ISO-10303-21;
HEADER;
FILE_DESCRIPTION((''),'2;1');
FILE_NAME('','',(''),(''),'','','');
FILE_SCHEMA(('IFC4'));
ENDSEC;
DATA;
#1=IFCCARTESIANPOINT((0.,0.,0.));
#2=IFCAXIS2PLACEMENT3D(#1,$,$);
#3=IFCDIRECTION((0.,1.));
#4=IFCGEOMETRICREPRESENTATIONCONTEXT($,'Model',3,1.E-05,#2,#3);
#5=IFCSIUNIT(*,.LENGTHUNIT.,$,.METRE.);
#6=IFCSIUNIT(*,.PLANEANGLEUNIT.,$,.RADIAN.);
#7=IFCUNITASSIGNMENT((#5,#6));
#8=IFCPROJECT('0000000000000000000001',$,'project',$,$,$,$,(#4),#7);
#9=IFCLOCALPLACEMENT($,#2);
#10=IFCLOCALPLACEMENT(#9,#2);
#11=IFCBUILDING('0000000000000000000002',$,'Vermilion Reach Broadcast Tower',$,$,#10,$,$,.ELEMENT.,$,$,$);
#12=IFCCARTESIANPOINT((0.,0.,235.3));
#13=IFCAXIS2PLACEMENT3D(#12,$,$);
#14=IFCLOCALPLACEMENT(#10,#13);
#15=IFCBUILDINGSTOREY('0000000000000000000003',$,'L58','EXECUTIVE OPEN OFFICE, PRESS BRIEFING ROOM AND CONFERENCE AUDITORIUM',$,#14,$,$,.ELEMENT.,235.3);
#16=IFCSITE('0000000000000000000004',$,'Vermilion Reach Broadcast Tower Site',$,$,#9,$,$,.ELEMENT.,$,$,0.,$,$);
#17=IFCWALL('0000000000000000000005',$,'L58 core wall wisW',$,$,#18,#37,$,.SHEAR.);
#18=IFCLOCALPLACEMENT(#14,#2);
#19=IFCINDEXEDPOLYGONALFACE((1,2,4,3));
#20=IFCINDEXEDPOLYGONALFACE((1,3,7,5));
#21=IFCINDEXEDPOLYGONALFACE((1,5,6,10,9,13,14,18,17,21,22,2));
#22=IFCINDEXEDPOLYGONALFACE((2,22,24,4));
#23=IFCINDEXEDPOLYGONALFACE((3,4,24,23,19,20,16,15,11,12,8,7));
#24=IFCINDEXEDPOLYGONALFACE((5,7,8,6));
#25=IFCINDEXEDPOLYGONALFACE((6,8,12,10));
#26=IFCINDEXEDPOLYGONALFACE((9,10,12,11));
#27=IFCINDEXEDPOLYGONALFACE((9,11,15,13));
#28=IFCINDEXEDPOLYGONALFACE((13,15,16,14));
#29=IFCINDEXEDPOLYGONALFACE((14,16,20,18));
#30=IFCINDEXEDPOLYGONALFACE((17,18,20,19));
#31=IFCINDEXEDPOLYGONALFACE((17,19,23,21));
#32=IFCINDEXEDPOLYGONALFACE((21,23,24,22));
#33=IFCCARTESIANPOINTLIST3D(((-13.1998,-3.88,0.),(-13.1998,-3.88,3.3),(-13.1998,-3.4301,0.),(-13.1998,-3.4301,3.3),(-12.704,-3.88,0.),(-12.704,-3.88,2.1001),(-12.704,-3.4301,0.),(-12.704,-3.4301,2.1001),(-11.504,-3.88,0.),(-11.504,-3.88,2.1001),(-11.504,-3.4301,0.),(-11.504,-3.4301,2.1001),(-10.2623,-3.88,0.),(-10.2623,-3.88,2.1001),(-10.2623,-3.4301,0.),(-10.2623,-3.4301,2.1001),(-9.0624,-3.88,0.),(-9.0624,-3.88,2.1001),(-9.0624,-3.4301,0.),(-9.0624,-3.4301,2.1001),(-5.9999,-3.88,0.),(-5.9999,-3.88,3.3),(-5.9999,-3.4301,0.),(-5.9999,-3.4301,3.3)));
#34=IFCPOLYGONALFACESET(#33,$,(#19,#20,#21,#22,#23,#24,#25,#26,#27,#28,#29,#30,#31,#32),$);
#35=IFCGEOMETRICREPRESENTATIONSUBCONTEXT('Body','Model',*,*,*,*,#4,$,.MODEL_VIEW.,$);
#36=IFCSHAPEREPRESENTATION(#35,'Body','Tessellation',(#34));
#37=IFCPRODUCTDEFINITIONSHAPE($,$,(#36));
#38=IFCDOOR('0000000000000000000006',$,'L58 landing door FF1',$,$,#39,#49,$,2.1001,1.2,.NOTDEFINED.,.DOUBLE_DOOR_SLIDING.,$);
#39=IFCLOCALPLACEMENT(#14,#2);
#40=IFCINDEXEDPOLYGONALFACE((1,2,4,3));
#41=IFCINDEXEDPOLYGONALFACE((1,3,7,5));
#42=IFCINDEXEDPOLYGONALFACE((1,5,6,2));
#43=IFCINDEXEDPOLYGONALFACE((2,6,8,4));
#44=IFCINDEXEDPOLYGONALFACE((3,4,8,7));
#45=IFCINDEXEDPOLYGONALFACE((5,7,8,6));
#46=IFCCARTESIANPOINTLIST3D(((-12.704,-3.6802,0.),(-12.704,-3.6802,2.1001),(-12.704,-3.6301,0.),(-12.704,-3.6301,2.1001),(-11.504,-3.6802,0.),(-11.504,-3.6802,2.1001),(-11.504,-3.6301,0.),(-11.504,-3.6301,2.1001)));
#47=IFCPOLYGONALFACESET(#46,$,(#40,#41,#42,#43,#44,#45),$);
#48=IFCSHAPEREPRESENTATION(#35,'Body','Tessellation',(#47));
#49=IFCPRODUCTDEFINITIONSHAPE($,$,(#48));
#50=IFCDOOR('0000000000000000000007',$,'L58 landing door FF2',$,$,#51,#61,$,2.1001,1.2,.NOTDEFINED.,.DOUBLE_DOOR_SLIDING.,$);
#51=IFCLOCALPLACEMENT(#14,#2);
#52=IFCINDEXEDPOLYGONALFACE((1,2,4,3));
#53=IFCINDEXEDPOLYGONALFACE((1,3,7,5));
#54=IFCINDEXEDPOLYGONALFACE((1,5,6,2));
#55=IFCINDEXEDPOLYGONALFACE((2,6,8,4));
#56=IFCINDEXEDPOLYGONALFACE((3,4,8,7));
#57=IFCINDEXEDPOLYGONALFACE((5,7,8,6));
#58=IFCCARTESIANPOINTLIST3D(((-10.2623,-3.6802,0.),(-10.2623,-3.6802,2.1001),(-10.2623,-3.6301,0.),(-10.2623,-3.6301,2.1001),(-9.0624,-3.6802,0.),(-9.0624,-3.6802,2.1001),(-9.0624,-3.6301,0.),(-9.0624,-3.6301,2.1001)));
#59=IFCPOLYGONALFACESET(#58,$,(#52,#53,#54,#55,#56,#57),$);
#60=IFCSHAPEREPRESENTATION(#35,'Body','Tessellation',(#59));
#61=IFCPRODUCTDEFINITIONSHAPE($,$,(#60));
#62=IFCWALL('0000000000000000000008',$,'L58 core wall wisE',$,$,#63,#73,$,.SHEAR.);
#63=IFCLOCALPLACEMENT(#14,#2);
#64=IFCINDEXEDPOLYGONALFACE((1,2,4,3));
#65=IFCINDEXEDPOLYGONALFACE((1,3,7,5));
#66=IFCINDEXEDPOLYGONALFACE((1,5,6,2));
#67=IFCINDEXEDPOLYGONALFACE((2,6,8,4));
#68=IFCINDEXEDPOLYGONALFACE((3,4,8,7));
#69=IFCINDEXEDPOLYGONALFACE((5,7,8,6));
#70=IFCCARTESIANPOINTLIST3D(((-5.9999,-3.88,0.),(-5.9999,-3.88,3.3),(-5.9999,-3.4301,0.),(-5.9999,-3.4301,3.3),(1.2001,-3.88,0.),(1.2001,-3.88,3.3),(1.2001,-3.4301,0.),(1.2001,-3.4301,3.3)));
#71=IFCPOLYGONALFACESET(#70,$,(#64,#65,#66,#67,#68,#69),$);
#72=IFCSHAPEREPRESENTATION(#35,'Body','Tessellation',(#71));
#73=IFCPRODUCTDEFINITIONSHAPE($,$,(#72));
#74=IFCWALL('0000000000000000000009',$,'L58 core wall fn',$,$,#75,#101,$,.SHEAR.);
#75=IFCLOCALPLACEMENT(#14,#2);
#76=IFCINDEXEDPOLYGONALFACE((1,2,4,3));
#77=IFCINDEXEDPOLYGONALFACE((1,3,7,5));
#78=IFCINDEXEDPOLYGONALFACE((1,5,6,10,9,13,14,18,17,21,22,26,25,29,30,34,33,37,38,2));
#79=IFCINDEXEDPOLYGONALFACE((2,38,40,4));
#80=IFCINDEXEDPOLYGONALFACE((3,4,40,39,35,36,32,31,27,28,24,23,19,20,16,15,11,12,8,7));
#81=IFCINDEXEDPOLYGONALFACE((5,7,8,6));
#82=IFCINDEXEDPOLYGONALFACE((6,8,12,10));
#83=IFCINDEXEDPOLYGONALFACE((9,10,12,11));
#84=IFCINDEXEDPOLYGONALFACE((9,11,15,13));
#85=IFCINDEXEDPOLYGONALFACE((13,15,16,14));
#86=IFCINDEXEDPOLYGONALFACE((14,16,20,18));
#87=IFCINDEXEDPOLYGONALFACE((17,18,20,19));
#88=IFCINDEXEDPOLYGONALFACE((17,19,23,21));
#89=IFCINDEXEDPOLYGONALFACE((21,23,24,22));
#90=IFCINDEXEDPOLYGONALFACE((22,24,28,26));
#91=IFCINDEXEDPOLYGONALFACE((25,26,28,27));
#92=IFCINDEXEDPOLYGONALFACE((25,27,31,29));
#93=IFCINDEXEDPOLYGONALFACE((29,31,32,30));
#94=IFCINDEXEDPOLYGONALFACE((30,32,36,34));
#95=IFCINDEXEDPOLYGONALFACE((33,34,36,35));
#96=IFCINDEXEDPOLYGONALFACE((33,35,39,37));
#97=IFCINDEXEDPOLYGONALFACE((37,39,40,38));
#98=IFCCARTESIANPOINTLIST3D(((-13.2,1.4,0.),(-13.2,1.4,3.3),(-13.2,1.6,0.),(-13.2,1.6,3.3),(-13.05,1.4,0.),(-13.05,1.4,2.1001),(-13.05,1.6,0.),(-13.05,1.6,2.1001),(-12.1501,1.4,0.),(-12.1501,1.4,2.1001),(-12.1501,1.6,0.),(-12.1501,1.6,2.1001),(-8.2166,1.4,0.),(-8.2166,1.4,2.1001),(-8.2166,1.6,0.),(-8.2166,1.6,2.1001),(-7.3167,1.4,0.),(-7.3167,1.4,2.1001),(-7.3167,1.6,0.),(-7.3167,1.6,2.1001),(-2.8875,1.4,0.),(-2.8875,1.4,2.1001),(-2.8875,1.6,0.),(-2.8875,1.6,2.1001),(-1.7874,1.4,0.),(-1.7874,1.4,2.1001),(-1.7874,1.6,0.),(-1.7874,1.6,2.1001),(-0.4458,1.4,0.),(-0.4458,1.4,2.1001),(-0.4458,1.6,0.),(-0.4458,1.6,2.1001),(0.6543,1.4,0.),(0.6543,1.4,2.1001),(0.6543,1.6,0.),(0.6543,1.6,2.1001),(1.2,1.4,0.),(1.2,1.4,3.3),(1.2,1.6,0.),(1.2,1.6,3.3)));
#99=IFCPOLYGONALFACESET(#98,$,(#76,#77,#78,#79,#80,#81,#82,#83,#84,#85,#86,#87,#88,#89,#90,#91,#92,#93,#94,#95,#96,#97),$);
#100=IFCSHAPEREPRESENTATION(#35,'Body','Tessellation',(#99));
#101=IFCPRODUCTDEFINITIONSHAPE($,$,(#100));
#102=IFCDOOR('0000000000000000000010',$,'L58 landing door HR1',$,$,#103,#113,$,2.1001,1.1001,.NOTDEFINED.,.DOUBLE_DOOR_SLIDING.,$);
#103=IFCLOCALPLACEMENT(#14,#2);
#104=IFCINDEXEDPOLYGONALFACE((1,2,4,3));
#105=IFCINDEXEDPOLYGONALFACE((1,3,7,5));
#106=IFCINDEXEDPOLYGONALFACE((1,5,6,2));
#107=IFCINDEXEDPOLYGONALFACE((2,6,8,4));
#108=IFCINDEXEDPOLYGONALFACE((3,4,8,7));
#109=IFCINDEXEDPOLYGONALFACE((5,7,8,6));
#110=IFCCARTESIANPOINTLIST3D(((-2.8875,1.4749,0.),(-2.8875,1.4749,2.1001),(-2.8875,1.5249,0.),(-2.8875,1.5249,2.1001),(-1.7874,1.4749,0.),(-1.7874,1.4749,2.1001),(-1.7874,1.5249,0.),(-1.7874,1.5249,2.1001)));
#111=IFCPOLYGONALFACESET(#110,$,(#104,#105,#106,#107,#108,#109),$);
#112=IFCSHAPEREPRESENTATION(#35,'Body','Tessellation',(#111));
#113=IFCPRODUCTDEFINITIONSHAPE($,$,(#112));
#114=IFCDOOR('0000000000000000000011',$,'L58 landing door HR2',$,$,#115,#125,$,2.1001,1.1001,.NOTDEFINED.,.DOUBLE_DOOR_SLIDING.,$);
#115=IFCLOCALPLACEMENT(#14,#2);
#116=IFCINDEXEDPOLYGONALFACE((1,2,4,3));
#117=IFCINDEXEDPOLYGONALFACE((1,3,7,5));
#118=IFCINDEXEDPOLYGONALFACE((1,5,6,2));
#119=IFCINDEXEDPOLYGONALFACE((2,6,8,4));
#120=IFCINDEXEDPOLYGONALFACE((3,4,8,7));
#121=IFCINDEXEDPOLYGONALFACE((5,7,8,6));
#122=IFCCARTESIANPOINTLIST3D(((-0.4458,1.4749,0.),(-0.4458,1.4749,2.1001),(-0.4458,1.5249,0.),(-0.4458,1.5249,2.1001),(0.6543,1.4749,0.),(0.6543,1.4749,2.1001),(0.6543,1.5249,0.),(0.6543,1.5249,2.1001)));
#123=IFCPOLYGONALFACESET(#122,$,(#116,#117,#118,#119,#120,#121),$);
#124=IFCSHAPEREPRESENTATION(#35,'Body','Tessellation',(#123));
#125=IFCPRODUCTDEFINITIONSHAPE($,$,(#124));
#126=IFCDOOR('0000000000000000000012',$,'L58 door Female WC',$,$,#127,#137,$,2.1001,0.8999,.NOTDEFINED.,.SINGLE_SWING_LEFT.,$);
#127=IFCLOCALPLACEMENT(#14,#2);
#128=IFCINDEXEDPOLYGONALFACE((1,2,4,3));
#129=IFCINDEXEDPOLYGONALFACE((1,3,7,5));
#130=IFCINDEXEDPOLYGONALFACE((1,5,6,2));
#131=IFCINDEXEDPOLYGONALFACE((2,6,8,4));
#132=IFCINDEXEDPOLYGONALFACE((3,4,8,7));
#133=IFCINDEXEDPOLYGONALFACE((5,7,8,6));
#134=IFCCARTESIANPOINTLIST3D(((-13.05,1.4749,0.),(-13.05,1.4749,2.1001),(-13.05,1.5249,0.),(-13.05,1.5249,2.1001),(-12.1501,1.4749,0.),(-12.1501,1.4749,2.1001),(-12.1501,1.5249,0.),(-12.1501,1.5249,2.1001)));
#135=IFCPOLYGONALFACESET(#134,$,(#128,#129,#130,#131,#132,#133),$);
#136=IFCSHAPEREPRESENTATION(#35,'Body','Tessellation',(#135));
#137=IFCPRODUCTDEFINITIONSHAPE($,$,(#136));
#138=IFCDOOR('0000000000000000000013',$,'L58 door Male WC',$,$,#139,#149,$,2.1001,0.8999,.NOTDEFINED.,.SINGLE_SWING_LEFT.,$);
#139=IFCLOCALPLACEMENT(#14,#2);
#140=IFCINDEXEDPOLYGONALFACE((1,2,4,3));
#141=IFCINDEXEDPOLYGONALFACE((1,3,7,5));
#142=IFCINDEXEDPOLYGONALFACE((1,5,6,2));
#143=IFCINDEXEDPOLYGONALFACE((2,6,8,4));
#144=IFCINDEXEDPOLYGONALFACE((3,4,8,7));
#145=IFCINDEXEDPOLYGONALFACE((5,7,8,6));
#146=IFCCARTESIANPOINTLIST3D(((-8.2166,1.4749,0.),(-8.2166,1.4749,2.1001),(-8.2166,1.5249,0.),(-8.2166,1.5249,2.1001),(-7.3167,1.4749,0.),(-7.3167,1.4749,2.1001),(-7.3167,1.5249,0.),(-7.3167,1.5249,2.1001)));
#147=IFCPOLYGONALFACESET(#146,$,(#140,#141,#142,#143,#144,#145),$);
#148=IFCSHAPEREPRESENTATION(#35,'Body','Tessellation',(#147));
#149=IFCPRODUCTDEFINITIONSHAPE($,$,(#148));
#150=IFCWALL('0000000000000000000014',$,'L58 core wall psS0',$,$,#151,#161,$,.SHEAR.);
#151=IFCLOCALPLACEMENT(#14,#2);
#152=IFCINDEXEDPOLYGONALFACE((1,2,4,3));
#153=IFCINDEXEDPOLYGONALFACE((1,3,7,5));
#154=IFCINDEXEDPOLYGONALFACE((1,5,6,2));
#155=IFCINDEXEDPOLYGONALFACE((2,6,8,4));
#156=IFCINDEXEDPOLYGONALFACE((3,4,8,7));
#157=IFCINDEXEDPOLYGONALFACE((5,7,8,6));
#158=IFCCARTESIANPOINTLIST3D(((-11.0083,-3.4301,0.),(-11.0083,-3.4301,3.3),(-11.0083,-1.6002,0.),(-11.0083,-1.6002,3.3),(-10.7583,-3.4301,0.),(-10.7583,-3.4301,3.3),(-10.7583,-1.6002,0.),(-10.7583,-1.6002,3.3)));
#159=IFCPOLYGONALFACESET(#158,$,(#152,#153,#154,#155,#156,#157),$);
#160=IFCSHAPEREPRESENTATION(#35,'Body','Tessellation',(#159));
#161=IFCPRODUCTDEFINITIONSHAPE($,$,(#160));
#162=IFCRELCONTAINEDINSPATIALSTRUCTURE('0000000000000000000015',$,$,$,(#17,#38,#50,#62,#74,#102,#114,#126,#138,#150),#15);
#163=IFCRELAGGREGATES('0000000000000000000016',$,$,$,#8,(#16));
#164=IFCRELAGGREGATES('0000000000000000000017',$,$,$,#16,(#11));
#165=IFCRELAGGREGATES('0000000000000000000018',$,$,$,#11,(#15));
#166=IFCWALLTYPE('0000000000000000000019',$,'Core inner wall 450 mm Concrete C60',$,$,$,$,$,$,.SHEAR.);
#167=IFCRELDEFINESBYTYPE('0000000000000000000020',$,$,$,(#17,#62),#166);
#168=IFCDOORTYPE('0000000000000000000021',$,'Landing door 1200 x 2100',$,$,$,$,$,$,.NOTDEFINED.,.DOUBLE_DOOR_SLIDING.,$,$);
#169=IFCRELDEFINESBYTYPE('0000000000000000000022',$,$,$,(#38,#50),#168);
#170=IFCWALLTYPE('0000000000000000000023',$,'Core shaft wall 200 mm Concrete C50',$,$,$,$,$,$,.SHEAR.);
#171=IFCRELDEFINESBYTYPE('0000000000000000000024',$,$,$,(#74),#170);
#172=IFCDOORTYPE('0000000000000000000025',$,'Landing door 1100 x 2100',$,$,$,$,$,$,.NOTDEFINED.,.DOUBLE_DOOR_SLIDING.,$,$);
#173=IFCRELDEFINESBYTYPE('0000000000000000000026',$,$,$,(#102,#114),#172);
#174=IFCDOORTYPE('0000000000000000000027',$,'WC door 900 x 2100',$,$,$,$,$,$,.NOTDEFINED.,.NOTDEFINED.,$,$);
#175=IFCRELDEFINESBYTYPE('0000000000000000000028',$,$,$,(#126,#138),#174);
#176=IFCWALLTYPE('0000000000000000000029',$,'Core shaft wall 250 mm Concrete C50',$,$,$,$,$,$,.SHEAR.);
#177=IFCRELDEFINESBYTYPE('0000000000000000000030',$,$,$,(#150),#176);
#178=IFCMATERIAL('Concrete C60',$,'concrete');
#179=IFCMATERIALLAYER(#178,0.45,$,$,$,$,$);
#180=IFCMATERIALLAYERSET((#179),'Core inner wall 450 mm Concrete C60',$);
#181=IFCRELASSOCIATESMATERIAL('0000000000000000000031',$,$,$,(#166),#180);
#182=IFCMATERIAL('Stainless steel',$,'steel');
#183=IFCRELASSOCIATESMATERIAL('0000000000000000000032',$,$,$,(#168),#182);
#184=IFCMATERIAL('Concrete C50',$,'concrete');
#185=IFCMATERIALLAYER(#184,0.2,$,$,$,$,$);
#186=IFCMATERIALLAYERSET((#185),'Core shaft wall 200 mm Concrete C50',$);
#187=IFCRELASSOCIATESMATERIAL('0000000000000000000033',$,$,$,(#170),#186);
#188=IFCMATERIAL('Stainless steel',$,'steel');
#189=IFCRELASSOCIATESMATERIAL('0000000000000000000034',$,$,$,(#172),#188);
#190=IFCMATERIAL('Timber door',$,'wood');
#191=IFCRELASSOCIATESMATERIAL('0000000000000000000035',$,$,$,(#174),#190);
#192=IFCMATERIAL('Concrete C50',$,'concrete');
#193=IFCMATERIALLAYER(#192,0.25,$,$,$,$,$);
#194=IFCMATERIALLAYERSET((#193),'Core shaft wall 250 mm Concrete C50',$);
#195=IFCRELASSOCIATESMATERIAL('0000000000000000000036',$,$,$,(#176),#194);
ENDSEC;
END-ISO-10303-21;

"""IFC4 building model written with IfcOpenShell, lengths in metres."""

from ifc_helpers import new_model, si_unit, direction, frame, frame_2d, origin, place, context, subcontext, project, spatial, rectangle, extrude, material, layer, layer_set, type_object, element, fill, save


model = new_model("IFC4")

# Units and contexts
model_context = context("Model", 3, precision=1e-05, world=origin(), true_north=direction((0.0, 1.0)))
body_context = subcontext(model_context, "Body", "Model", "MODEL_VIEW")
ifc_project = project(units=[si_unit("LENGTHUNIT", "METRE"), si_unit("PLANEANGLEUNIT", "RADIAN")], contexts=[model_context])

# Site, building, storey
site_placement = place(None, origin())
site = spatial("IfcSite", under=ifc_project, at=site_placement, Name="Vermilion Reach Broadcast Tower Site", CompositionType="ELEMENT", RefElevation=0.0)
building_placement = place(site_placement, origin())
building = spatial("IfcBuilding", under=site, at=building_placement, Name="Vermilion Reach Broadcast Tower", CompositionType="ELEMENT")
storey_placement = place(building_placement, frame((0.0, 0.0, 235.3)))
storey = spatial("IfcBuildingStorey", under=building, at=storey_placement, Name="L58", Description="EXECUTIVE OPEN OFFICE, PRESS BRIEFING ROOM AND CONFERENCE AUDITORIUM", CompositionType="ELEMENT", Elevation=235.3)

# Wall, openings, doors
ifc_material_1 = material(Name="Concrete C60", Category="concrete")
ifc_layer_1 = layer(ifc_material_1, 0.45)
ifc_layer_set_1 = layer_set([ifc_layer_1], Name="Core inner wall 450 mm Concrete C60")
wall_type_1 = type_object("IfcWallType", Name="Core inner wall 450 mm Concrete C60", PredefinedType="SHEAR", material=ifc_layer_set_1)
wall_1_placement = place(storey_placement, frame((-13.2, -3.655, 0.0), z_axis=(0.0, 0.0, 1.0), x_axis=(1.0, 0.0, 0.0)))
wall_1 = element("IfcWall", 1, at=wall_1_placement, inside=storey, type_object=wall_type_1, Name="L58 core wall wisW", PredefinedType="SHEAR", context=body_context, shape_type="SweptSolid", body=[
    extrude(rectangle(XDim=7.2, YDim=0.45, at=frame_2d((3.6001, 0.0))), origin(), (0.0, 0.0, 1.0), 3.3),
])
opening_1_placement = place(wall_1_placement, frame((0.4958, 0.0, 0.0)))
opening_1 = element("IfcOpeningElement", 2, at=opening_1_placement, cuts=wall_1, PredefinedType="OPENING", context=body_context, shape_type="SweptSolid", body=[
    extrude(rectangle(XDim=1.2, YDim=2.1001, at=frame_2d((0.6001, 1.05))), frame((0.0, 0.2349, 0.0), z_axis=(0.0, -1.0, 0.0), x_axis=(1.0, 0.0, 0.0)), (0.0, 0.0, 1.0), 0.47),
])
opening_2_placement = place(wall_1_placement, frame((2.9375, 0.0, 0.0)))
opening_2 = element("IfcOpeningElement", 3, at=opening_2_placement, cuts=wall_1, PredefinedType="OPENING", context=body_context, shape_type="SweptSolid", body=[
    extrude(rectangle(XDim=1.2, YDim=2.1001, at=frame_2d((0.6001, 1.05))), frame((0.0, 0.2349, 0.0), z_axis=(0.0, -1.0, 0.0), x_axis=(1.0, 0.0, 0.0)), (0.0, 0.0, 1.0), 0.47),
])
ifc_material_2 = material(Name="Stainless steel", Category="steel")
door_type_1 = type_object("IfcDoorType", Name="Landing door 1200 x 2100", OperationType="DOUBLE_DOOR_SLIDING", PredefinedType="NOTDEFINED", material=ifc_material_2)
door_1_placement = place(opening_1_placement, origin())
door_1 = element("IfcDoor", 4, at=door_1_placement, inside=storey, type_object=door_type_1, Name="L58 landing door FF1", OperationType="DOUBLE_DOOR_SLIDING", OverallHeight=2.1001, OverallWidth=1.2, PredefinedType="NOTDEFINED", context=body_context, shape_type="SweptSolid", body=[
    extrude(rectangle(XDim=1.2, YDim=2.1001, at=frame_2d((0.6001, 1.05))), frame((0.0, 0.0249, 0.0), z_axis=(0.0, -1.0, 0.0), x_axis=(1.0, 0.0, 0.0)), (0.0, 0.0, 1.0), 0.05),
])
fill(opening_1, door_1)
door_2_placement = place(opening_2_placement, origin())
door_2 = element("IfcDoor", 5, at=door_2_placement, inside=storey, type_object=door_type_1, Name="L58 landing door FF2", OperationType="DOUBLE_DOOR_SLIDING", OverallHeight=2.1001, OverallWidth=1.2, PredefinedType="NOTDEFINED", context=body_context, shape_type="SweptSolid", body=[
    extrude(rectangle(XDim=1.2, YDim=2.1001, at=frame_2d((0.6001, 1.05))), frame((0.0, 0.0249, 0.0), z_axis=(0.0, -1.0, 0.0), x_axis=(1.0, 0.0, 0.0)), (0.0, 0.0, 1.0), 0.05),
])
fill(opening_2, door_2)

# Wall
wall_2_placement = place(storey_placement, frame((-6.0, -3.655, 0.0), z_axis=(0.0, 0.0, 1.0), x_axis=(1.0, 0.0, 0.0)))
element("IfcWall", 6, at=wall_2_placement, inside=storey, type_object=wall_type_1, Name="L58 core wall wisE", PredefinedType="SHEAR", context=body_context, shape_type="SweptSolid", body=[
    extrude(rectangle(XDim=7.2, YDim=0.45, at=frame_2d((3.6001, 0.0))), origin(), (0.0, 0.0, 1.0), 3.3),
])

# Wall, openings, doors
ifc_material_3 = material(Name="Concrete C50", Category="concrete")
ifc_layer_2 = layer(ifc_material_3, 0.2)
ifc_layer_set_2 = layer_set([ifc_layer_2], Name="Core shaft wall 200 mm Concrete C50")
wall_type_2 = type_object("IfcWallType", Name="Core shaft wall 200 mm Concrete C50", PredefinedType="SHEAR", material=ifc_layer_set_2)
wall_3_placement = place(storey_placement, frame((-13.2, 1.5, 0.0), z_axis=(0.0, 0.0, 1.0), x_axis=(1.0, 0.0, 0.0)))
wall_3 = element("IfcWall", 7, at=wall_3_placement, inside=storey, type_object=wall_type_2, Name="L58 core wall fn", PredefinedType="SHEAR", context=body_context, shape_type="SweptSolid", body=[
    extrude(rectangle(XDim=14.3999, YDim=0.2, at=frame_2d((7.2, 0.0))), origin(), (0.0, 0.0, 1.0), 3.3),
])
opening_3_placement = place(wall_3_placement, frame((10.3125, 0.0, 0.0)))
opening_3 = element("IfcOpeningElement", 8, at=opening_3_placement, cuts=wall_3, PredefinedType="OPENING", context=body_context, shape_type="SweptSolid", body=[
    extrude(rectangle(XDim=1.1001, YDim=2.1001, at=frame_2d((0.55, 1.05))), frame((0.0, 0.1099, 0.0), z_axis=(0.0, -1.0, 0.0), x_axis=(1.0, 0.0, 0.0)), (0.0, 0.0, 1.0), 0.22),
])
opening_4_placement = place(wall_3_placement, frame((12.7542, 0.0, 0.0)))
opening_4 = element("IfcOpeningElement", 9, at=opening_4_placement, cuts=wall_3, PredefinedType="OPENING", context=body_context, shape_type="SweptSolid", body=[
    extrude(rectangle(XDim=1.1001, YDim=2.1001, at=frame_2d((0.55, 1.05))), frame((0.0, 0.1099, 0.0), z_axis=(0.0, -1.0, 0.0), x_axis=(1.0, 0.0, 0.0)), (0.0, 0.0, 1.0), 0.22),
])
opening_5_placement = place(wall_3_placement, frame((0.1499, 0.0, 0.0)))
opening_5 = element("IfcOpeningElement", 10, at=opening_5_placement, cuts=wall_3, PredefinedType="OPENING", context=body_context, shape_type="SweptSolid", body=[
    extrude(rectangle(XDim=0.8999, YDim=2.1001, at=frame_2d((0.45, 1.05))), frame((0.0, 0.1099, 0.0), z_axis=(0.0, -1.0, 0.0), x_axis=(1.0, 0.0, 0.0)), (0.0, 0.0, 1.0), 0.22),
])
opening_6_placement = place(wall_3_placement, frame((4.9834, 0.0, 0.0)))
opening_6 = element("IfcOpeningElement", 11, at=opening_6_placement, cuts=wall_3, PredefinedType="OPENING", context=body_context, shape_type="SweptSolid", body=[
    extrude(rectangle(XDim=0.8999, YDim=2.1001, at=frame_2d((0.45, 1.05))), frame((0.0, 0.1099, 0.0), z_axis=(0.0, -1.0, 0.0), x_axis=(1.0, 0.0, 0.0)), (0.0, 0.0, 1.0), 0.22),
])
ifc_material_4 = material(Name="Stainless steel", Category="steel")
door_type_2 = type_object("IfcDoorType", Name="Landing door 1100 x 2100", OperationType="DOUBLE_DOOR_SLIDING", PredefinedType="NOTDEFINED", material=ifc_material_4)
door_3_placement = place(opening_3_placement, origin())
door_3 = element("IfcDoor", 12, at=door_3_placement, inside=storey, type_object=door_type_2, Name="L58 landing door HR1", OperationType="DOUBLE_DOOR_SLIDING", OverallHeight=2.1001, OverallWidth=1.1001, PredefinedType="NOTDEFINED", context=body_context, shape_type="SweptSolid", body=[
    extrude(rectangle(XDim=1.1001, YDim=2.1001, at=frame_2d((0.55, 1.05))), frame((0.0, 0.0249, 0.0), z_axis=(0.0, -1.0, 0.0), x_axis=(1.0, 0.0, 0.0)), (0.0, 0.0, 1.0), 0.05),
])
fill(opening_3, door_3)
door_4_placement = place(opening_4_placement, origin())
door_4 = element("IfcDoor", 13, at=door_4_placement, inside=storey, type_object=door_type_2, Name="L58 landing door HR2", OperationType="DOUBLE_DOOR_SLIDING", OverallHeight=2.1001, OverallWidth=1.1001, PredefinedType="NOTDEFINED", context=body_context, shape_type="SweptSolid", body=[
    extrude(rectangle(XDim=1.1001, YDim=2.1001, at=frame_2d((0.55, 1.05))), frame((0.0, 0.0249, 0.0), z_axis=(0.0, -1.0, 0.0), x_axis=(1.0, 0.0, 0.0)), (0.0, 0.0, 1.0), 0.05),
])
fill(opening_4, door_4)
ifc_material_5 = material(Name="Timber door", Category="wood")
door_type_3 = type_object("IfcDoorType", Name="WC door 900 x 2100", OperationType="NOTDEFINED", PredefinedType="NOTDEFINED", material=ifc_material_5)
door_5_placement = place(opening_5_placement, origin())
door_5 = element("IfcDoor", 14, at=door_5_placement, inside=storey, type_object=door_type_3, Name="L58 door Female WC", OperationType="SINGLE_SWING_LEFT", OverallHeight=2.1001, OverallWidth=0.8999, PredefinedType="NOTDEFINED", context=body_context, shape_type="SweptSolid", body=[
    extrude(rectangle(XDim=0.8999, YDim=2.1001, at=frame_2d((0.45, 1.05))), frame((0.0, 0.0249, 0.0), z_axis=(0.0, -1.0, 0.0), x_axis=(1.0, 0.0, 0.0)), (0.0, 0.0, 1.0), 0.05),
])
fill(opening_5, door_5)
door_6_placement = place(opening_6_placement, origin())
door_6 = element("IfcDoor", 15, at=door_6_placement, inside=storey, type_object=door_type_3, Name="L58 door Male WC", OperationType="SINGLE_SWING_LEFT", OverallHeight=2.1001, OverallWidth=0.8999, PredefinedType="NOTDEFINED", context=body_context, shape_type="SweptSolid", body=[
    extrude(rectangle(XDim=0.8999, YDim=2.1001, at=frame_2d((0.45, 1.05))), frame((0.0, 0.0249, 0.0), z_axis=(0.0, -1.0, 0.0), x_axis=(1.0, 0.0, 0.0)), (0.0, 0.0, 1.0), 0.05),
])
fill(opening_6, door_6)

# Wall
ifc_material_6 = material(Name="Concrete C50", Category="concrete")
ifc_layer_3 = layer(ifc_material_6, 0.25)
ifc_layer_set_3 = layer_set([ifc_layer_3], Name="Core shaft wall 250 mm Concrete C50")
wall_type_3 = type_object("IfcWallType", Name="Core shaft wall 250 mm Concrete C50", PredefinedType="SHEAR", material=ifc_layer_set_3)
for number, where, z_axis, x_axis, name in (
    (16, (-10.8833, -1.6001, 0.0), (0.0, 0.0, 1.0), (0.0, -1.0, 0.0), "L58 core wall psS0"),
):
    element("IfcWall", number, at=place(storey_placement, frame(where, z_axis=z_axis, x_axis=x_axis)), inside=storey, type_object=wall_type_3, Name=name, PredefinedType="SHEAR", context=body_context, shape_type="SweptSolid", body=[
        extrude(rectangle(XDim=1.8298, YDim=0.25, at=frame_2d((0.915, 0.0))), origin(), (0.0, 0.0, 1.0), 3.3),
    ])

save(model, "model.ifc")
